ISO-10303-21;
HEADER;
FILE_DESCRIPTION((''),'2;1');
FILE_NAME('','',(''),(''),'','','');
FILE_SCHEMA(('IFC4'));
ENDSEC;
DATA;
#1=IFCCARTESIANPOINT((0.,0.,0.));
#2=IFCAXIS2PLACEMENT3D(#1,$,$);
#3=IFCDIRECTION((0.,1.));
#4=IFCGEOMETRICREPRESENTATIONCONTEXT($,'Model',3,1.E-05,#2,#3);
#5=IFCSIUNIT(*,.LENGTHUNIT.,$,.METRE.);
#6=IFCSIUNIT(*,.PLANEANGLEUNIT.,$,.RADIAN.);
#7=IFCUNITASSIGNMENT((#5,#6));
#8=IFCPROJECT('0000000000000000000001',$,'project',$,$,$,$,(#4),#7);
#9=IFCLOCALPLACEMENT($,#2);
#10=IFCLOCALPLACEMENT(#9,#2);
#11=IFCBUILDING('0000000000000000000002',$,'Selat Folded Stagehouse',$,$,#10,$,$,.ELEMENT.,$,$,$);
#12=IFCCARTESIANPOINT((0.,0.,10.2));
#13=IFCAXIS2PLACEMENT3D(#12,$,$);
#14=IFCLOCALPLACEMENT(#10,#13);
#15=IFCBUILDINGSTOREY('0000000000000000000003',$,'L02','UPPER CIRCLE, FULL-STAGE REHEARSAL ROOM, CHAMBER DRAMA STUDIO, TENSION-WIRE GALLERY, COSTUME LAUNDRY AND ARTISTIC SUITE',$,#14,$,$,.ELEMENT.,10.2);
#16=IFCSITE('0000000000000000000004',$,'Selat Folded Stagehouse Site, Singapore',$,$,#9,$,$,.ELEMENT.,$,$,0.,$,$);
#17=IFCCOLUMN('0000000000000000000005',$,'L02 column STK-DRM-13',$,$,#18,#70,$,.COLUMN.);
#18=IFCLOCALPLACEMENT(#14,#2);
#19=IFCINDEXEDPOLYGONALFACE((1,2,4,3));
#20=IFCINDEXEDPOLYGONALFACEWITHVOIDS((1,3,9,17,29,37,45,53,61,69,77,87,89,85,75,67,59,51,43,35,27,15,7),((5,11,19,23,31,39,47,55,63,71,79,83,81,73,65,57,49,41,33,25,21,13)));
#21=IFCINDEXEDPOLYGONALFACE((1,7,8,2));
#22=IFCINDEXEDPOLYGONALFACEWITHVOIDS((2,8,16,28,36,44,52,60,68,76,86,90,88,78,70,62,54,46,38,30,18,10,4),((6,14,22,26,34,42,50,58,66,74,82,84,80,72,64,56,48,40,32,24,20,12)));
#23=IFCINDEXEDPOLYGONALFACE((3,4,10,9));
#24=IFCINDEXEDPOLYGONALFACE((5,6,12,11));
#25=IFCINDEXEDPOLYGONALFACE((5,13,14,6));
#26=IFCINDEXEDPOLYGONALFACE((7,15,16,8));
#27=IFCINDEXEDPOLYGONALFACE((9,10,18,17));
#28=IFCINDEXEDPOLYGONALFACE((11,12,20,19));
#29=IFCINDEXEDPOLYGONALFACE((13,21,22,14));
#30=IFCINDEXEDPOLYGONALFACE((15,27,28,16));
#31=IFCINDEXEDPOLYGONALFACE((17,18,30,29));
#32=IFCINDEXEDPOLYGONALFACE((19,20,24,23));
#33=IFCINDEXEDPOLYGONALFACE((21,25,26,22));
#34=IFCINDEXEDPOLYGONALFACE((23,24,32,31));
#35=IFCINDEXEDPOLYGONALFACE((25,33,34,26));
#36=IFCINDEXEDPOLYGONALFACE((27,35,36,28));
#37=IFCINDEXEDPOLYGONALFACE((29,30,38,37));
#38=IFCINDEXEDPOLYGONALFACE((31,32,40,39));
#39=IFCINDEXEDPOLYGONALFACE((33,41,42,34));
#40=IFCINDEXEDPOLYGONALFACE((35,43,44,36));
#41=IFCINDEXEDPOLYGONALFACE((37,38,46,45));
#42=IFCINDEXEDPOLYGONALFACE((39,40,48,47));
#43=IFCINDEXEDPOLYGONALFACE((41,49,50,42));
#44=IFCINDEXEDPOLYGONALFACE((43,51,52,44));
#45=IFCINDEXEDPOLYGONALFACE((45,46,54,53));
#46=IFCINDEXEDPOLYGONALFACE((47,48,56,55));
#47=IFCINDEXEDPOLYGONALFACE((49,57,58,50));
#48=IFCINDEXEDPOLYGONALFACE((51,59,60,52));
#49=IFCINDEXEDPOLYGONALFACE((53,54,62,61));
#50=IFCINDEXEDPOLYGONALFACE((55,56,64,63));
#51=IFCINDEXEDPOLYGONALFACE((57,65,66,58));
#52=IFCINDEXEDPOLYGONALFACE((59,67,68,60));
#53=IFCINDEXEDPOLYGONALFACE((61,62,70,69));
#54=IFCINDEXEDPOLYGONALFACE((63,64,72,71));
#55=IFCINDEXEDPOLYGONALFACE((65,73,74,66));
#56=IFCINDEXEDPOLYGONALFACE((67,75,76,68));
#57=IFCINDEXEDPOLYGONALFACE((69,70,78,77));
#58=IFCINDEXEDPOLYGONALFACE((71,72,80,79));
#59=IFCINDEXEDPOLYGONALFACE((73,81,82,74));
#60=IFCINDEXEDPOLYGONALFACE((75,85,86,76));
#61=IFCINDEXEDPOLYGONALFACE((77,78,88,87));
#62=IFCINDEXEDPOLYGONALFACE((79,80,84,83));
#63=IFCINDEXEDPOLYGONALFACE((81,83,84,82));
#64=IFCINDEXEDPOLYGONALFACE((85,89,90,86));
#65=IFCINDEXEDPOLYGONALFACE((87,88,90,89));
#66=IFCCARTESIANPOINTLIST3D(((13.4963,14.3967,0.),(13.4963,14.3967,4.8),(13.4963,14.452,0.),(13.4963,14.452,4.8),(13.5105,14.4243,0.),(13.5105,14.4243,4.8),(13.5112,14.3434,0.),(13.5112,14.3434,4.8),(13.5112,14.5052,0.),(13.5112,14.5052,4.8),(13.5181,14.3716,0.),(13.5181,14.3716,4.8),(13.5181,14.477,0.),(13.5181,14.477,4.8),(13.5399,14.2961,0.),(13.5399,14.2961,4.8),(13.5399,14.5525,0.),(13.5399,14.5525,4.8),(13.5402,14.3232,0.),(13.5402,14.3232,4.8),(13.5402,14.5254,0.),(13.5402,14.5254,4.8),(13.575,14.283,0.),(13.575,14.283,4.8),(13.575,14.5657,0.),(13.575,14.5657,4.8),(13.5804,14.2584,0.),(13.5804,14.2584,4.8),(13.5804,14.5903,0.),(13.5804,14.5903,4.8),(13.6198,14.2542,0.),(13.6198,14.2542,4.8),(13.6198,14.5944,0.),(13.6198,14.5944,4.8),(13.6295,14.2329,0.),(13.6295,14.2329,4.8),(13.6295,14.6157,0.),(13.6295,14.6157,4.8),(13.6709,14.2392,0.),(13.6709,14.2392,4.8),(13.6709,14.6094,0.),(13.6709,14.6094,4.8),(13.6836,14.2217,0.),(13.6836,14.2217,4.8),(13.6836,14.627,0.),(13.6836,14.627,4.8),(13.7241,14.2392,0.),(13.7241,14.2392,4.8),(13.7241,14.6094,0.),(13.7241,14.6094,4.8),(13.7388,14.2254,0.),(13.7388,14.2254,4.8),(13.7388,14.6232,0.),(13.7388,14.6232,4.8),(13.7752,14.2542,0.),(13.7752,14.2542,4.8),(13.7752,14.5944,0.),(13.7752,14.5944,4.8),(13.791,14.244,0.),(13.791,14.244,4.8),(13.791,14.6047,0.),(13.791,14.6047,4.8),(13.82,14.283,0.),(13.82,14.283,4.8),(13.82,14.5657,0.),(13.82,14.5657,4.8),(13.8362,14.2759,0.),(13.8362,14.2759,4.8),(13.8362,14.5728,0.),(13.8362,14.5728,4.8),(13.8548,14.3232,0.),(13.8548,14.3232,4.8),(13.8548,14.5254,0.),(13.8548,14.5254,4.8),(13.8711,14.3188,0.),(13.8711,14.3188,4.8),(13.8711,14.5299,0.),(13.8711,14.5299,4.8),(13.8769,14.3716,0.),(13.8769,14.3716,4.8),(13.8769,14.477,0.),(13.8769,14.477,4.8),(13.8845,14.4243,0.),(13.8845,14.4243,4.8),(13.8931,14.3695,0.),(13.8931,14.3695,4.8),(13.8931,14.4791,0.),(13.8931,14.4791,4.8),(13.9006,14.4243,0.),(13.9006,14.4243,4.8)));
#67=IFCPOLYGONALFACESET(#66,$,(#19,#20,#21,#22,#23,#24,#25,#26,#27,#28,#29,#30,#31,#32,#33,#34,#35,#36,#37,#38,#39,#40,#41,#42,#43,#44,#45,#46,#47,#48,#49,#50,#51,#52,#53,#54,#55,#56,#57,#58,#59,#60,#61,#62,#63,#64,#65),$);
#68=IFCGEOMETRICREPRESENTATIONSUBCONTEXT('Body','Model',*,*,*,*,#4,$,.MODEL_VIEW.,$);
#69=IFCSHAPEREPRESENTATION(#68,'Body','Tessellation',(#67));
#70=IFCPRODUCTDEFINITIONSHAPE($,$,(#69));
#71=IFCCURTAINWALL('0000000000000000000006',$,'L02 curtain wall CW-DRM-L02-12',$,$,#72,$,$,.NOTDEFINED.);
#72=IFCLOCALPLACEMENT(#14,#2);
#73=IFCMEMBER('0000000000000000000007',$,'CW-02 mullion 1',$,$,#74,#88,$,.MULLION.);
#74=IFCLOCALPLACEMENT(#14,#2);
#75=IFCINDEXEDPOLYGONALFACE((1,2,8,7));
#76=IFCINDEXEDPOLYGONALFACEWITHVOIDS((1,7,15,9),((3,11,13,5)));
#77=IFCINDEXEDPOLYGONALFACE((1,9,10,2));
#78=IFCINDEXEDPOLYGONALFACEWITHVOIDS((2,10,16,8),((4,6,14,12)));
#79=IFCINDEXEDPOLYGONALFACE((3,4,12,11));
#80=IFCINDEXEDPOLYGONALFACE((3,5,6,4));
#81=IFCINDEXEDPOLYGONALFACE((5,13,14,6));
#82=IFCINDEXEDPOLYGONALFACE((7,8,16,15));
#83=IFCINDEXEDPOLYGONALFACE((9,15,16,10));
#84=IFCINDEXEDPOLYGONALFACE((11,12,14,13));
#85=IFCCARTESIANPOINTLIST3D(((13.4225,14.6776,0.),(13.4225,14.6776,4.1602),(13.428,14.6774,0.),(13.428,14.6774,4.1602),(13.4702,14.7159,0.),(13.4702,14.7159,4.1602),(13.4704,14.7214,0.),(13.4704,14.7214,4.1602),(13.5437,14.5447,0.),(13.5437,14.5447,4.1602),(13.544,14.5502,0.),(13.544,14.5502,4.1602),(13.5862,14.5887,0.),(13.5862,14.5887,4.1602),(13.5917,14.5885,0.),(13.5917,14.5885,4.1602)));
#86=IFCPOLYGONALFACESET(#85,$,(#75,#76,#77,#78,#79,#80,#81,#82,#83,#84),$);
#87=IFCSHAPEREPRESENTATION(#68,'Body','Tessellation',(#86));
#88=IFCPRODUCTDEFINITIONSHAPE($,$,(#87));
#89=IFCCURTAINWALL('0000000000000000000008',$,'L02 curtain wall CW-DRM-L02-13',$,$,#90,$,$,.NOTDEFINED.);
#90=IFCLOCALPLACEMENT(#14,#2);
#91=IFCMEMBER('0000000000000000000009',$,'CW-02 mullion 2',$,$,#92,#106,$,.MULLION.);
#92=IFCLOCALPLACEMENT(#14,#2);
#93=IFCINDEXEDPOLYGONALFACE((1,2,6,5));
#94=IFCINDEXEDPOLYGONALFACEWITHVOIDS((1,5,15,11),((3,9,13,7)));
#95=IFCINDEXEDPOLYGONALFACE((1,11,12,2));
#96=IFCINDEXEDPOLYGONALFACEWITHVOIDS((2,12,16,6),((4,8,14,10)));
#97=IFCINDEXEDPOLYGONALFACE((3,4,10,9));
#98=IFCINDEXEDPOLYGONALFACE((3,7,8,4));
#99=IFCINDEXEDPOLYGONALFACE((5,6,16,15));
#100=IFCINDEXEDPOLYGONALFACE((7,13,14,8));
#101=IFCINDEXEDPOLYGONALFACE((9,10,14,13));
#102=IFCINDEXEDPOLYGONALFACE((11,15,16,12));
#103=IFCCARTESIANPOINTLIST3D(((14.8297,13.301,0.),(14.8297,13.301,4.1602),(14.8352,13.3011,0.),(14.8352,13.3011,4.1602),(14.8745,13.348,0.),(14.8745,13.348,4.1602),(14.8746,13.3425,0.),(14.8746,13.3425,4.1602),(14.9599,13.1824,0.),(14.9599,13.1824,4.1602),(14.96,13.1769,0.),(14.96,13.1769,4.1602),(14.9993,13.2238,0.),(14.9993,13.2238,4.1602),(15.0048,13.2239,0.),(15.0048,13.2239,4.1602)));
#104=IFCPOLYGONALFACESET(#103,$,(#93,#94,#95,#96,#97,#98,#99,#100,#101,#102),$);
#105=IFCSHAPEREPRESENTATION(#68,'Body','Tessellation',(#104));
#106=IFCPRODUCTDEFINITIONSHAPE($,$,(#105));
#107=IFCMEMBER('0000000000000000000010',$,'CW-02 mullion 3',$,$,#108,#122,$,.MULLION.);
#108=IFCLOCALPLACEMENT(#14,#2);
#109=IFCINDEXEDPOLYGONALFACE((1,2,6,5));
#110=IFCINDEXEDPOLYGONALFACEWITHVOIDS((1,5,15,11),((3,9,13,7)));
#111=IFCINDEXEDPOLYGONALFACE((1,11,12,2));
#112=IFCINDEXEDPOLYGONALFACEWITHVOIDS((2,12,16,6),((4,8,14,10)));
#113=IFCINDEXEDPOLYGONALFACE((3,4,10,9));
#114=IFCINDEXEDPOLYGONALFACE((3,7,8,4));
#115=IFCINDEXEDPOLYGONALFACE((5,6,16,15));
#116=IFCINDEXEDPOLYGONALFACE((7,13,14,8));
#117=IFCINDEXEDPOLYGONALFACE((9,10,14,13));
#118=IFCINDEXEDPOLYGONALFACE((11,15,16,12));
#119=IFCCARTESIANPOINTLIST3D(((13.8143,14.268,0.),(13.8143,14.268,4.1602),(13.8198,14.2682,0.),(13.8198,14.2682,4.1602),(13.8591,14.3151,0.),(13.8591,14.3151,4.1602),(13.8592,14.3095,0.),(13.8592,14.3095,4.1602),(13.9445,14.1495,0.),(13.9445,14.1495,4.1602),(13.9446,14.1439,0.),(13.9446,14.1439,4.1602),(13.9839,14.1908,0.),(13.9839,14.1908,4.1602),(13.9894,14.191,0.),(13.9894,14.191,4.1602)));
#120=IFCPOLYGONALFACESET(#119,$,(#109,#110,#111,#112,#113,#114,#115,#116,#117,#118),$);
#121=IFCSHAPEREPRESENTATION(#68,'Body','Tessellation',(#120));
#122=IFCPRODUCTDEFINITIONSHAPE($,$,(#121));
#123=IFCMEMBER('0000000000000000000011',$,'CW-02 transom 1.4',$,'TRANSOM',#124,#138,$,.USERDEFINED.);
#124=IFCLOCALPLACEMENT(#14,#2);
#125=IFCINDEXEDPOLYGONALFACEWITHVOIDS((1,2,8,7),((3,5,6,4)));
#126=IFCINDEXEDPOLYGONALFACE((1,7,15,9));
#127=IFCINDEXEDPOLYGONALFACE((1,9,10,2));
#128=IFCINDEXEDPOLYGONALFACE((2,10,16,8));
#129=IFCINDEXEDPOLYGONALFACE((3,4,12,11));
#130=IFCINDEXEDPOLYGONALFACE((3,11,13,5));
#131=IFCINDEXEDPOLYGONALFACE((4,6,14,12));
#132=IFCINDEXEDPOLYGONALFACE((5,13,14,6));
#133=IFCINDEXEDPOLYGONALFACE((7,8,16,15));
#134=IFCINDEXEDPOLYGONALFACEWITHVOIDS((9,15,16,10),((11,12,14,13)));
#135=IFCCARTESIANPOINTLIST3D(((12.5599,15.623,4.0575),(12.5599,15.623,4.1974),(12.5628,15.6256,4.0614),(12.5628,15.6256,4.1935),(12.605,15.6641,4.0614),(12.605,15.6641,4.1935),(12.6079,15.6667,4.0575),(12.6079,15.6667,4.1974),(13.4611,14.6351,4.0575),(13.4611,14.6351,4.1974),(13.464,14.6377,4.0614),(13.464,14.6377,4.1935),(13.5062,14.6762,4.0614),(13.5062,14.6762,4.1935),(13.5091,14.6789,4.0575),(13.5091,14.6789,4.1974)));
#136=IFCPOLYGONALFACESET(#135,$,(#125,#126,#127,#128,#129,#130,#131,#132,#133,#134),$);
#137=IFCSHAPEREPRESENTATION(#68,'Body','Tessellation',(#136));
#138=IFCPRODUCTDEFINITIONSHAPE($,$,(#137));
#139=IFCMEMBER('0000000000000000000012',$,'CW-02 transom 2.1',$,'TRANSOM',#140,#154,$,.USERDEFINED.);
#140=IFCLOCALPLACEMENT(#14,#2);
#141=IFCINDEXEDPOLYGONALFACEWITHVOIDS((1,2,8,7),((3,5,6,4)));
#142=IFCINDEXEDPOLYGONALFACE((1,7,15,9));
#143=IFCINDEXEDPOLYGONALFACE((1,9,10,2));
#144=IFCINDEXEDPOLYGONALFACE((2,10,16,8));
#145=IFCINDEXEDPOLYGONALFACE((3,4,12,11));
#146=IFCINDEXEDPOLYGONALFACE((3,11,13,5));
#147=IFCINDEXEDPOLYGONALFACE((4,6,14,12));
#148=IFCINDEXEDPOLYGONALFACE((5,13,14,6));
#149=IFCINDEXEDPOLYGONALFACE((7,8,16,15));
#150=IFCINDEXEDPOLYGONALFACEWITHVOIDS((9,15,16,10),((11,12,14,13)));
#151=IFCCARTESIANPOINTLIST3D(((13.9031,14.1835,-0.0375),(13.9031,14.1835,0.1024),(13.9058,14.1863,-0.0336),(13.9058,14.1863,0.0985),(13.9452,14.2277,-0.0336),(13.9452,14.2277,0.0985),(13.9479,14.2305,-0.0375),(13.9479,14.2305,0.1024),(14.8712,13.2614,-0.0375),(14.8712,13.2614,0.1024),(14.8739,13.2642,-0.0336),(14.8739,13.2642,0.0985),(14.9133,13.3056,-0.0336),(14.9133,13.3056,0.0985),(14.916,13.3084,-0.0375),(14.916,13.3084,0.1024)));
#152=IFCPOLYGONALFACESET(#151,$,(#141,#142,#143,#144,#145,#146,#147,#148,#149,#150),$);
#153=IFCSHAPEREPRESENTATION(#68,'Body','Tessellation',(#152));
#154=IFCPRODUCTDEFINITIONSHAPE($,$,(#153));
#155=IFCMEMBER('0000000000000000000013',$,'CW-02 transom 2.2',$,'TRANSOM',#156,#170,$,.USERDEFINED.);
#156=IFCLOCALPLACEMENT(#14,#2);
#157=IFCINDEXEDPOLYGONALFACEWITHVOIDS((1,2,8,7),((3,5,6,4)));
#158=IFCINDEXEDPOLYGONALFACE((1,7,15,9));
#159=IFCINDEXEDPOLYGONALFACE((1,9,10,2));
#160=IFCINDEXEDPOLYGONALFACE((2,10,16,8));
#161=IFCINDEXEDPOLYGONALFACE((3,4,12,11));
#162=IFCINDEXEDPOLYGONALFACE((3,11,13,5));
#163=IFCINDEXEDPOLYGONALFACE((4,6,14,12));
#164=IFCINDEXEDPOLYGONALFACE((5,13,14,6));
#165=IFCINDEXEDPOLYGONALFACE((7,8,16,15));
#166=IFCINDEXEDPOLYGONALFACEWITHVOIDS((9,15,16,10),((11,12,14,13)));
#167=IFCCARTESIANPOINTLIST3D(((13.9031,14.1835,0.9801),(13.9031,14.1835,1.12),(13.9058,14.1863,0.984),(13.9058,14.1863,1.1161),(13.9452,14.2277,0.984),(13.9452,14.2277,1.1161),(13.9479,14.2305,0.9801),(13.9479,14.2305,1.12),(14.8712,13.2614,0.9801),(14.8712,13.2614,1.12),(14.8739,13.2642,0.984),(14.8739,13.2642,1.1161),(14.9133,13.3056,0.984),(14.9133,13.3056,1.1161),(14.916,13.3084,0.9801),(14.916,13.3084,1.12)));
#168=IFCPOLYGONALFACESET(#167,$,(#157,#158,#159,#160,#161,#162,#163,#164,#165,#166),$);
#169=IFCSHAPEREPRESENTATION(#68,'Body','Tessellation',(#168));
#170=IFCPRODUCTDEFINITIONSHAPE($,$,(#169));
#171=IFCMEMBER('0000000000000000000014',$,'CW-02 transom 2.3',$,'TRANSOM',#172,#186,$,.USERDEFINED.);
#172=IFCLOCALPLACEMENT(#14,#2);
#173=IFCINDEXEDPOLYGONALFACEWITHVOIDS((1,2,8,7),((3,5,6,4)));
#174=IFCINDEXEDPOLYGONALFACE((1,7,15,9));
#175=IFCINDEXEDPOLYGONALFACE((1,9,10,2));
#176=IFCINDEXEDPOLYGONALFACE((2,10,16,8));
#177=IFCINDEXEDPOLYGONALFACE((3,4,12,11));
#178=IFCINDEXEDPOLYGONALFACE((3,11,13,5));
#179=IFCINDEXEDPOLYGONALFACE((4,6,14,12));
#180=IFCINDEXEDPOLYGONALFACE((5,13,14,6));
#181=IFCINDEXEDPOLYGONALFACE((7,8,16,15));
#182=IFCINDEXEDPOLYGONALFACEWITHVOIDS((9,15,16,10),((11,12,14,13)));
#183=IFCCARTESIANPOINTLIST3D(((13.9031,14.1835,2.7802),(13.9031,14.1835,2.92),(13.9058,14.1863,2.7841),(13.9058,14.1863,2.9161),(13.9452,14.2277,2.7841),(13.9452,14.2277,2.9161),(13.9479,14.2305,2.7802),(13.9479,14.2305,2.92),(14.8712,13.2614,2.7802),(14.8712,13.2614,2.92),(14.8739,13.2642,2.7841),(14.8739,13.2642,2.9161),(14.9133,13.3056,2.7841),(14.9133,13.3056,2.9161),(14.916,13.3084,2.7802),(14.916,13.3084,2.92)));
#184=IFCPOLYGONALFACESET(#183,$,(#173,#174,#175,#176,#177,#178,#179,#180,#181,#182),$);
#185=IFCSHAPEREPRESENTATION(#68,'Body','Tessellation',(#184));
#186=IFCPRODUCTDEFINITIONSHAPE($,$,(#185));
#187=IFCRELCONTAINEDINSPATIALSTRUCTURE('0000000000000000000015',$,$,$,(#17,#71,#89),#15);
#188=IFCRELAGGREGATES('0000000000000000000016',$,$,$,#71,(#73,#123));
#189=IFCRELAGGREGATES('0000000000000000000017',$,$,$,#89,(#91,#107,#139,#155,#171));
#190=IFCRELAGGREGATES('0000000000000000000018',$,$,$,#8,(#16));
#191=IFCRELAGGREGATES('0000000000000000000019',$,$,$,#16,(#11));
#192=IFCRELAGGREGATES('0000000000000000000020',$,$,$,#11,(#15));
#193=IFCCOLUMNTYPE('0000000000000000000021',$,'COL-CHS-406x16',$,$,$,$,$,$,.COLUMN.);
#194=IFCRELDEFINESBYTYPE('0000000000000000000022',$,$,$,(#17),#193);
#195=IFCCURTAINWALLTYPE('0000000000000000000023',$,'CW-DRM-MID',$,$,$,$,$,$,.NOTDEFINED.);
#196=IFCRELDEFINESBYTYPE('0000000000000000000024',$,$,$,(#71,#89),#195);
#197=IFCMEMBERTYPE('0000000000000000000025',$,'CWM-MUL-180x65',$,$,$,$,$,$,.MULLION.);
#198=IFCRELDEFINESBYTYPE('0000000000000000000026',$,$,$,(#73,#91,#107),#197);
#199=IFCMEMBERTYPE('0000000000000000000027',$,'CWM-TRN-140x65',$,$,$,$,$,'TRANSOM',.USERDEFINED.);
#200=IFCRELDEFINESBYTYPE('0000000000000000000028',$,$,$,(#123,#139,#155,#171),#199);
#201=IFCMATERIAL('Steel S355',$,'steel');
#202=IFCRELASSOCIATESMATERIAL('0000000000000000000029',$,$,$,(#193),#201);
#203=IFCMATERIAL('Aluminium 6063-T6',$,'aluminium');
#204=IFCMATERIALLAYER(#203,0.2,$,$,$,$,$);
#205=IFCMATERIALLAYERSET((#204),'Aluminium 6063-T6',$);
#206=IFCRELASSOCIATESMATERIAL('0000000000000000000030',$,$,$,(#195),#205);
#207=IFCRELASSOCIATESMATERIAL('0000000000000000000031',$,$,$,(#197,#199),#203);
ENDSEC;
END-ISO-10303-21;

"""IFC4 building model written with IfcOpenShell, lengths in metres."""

from ifc_helpers import new_model, si_unit, direction, frame, origin, origin_2d, place, context, subcontext, project, spatial, hollow_rectangle, hollow_circle, extrude, material, layer, layer_set, material_profile, profile_set, type_object, element, aggregate, save


model = new_model("IFC4")

# Units and contexts
model_context = context("Model", 3, precision=1e-05, world=origin(), true_north=direction((0.0, 1.0)))
body_context = subcontext(model_context, "Body", "Model", "MODEL_VIEW")
ifc_project = project(units=[si_unit("LENGTHUNIT", "METRE"), si_unit("PLANEANGLEUNIT", "RADIAN")], contexts=[model_context])

# Site, building, storey
site_placement = place(None, origin())
site = spatial("IfcSite", under=ifc_project, at=site_placement, Name="Selat Folded Stagehouse Site, Singapore", CompositionType="ELEMENT", RefElevation=0.0)
building_placement = place(site_placement, origin())
building = spatial("IfcBuilding", under=site, at=building_placement, Name="Selat Folded Stagehouse", CompositionType="ELEMENT")
storey_placement = place(building_placement, frame((0.0, 0.0, 10.2)))
storey = spatial("IfcBuildingStorey", under=building, at=storey_placement, Name="L02", Description="UPPER CIRCLE, FULL-STAGE REHEARSAL ROOM, CHAMBER DRAMA STUDIO, TENSION-WIRE GALLERY, COSTUME LAUNDRY AND ARTISTIC SUITE", CompositionType="ELEMENT", Elevation=10.2)

# Column
ifc_material_1 = material(Name="Steel S355", Category="steel")
ifc_material_profile_1 = material_profile(ifc_material_1, hollow_circle(Radius=0.2031, WallThickness=0.0161, at=origin_2d()), Name="CHS 406.4x16.0")
ifc_profile_set_1 = profile_set([ifc_material_profile_1], Name="Steel S355")
column_type = type_object("IfcColumnType", Name="COL-CHS-406x16", PredefinedType="COLUMN", material=ifc_profile_set_1)
column_placement = place(storey_placement, frame((13.6975, 14.4243, 0.0), z_axis=(0.0, 0.0, 1.0), x_axis=(1.0, 0.0, 0.0)))
element("IfcColumn", 1, at=column_placement, inside=storey, type_object=column_type, Name="L02 column STK-DRM-13", PredefinedType="COLUMN", context=body_context, shape_type="SweptSolid", body=[
    extrude(hollow_circle(Radius=0.2031, WallThickness=0.0161, at=origin_2d()), origin(), (0.0, 0.0, 1.0), 4.8),
])

# Curtain wall, member
ifc_material_2 = material(Name="Aluminium 6063-T6", Category="aluminium")
ifc_layer_1 = layer(ifc_material_2, 0.2)
ifc_layer_set_1 = layer_set([ifc_layer_1], Name="Aluminium 6063-T6")
curtain_wall_type = type_object("IfcCurtainWallType", Name="CW-DRM-MID", PredefinedType="NOTDEFINED", material=ifc_layer_set_1)
curtain_wall_1_placement = place(storey_placement, origin())
curtain_wall_1 = element("IfcCurtainWall", 2, at=curtain_wall_1_placement, inside=storey, type_object=curtain_wall_type, Name="L02 curtain wall CW-DRM-L02-12", PredefinedType="NOTDEFINED")
ifc_material_profile_2 = material_profile(ifc_material_2, hollow_rectangle(XDim=0.0649, YDim=0.1799, WallThickness=0.0039, at=origin_2d()), Name="ALU 180x65x4.0")
ifc_profile_set_2 = profile_set([ifc_material_profile_2], Name="Aluminium 6063-T6")
member_type_1 = type_object("IfcMemberType", Name="CWM-MUL-180x65", PredefinedType="MULLION", material=ifc_profile_set_2)
member_1_placement = place(storey_placement, frame((13.5071, 14.6331, 0.0), z_axis=(0.0, 0.0, 1.0), x_axis=(-0.738729, -0.674002, 0.0)))
member_1 = element("IfcMember", 3, at=member_1_placement, type_object=member_type_1, Name="CW-02 mullion 1", PredefinedType="MULLION", context=body_context, shape_type="SweptSolid", body=[
    extrude(hollow_rectangle(XDim=0.0649, YDim=0.1799, WallThickness=0.0039, at=origin_2d()), origin(), (0.0, 0.0, 1.0), 4.1602),
])

# Curtain wall, members
curtain_wall_2_placement = place(storey_placement, origin())
curtain_wall_2 = element("IfcCurtainWall", 4, at=curtain_wall_2_placement, inside=storey, type_object=curtain_wall_type, Name="L02 curtain wall CW-DRM-L02-13", PredefinedType="NOTDEFINED")
member_2_placement = place(storey_placement, frame((14.9172, 13.2625, 0.0), z_axis=(0.0, 0.0, 1.0), x_axis=(-0.689661, -0.724132, 0.0)))
member_2 = element("IfcMember", 5, at=member_2_placement, type_object=member_type_1, Name="CW-02 mullion 2", PredefinedType="MULLION", context=body_context, shape_type="SweptSolid", body=[
    extrude(hollow_rectangle(XDim=0.0649, YDim=0.1799, WallThickness=0.0039, at=origin_2d()), origin(), (0.0, 0.0, 1.0), 4.1602),
])
member_3_placement = place(storey_placement, frame((13.9019, 14.2295, 0.0), z_axis=(0.0, 0.0, 1.0), x_axis=(-0.689661, -0.724132, 0.0)))
member_3 = element("IfcMember", 6, at=member_3_placement, type_object=member_type_1, Name="CW-02 mullion 3", PredefinedType="MULLION", context=body_context, shape_type="SweptSolid", body=[
    extrude(hollow_rectangle(XDim=0.0649, YDim=0.1799, WallThickness=0.0039, at=origin_2d()), origin(), (0.0, 0.0, 1.0), 4.1602),
])

# Members
ifc_material_profile_3 = material_profile(ifc_material_2, hollow_rectangle(XDim=0.0649, YDim=0.1399, WallThickness=0.0039, at=origin_2d()), Name="ALU 140x65x4.0")
ifc_profile_set_3 = profile_set([ifc_material_profile_3], Name="Aluminium 6063-T6")
member_type_2 = type_object("IfcMemberType", Name="CWM-TRN-140x65", ElementType="TRANSOM", PredefinedType="USERDEFINED", material=ifc_profile_set_3)
member_4_placement = place(storey_placement, frame((13.4851, 14.657, 4.1274), z_axis=(-0.673953, 0.738774, 0.0), x_axis=(-0.738774, -0.673953, 0.0)))
member_4 = element("IfcMember", 7, at=member_4_placement, type_object=member_type_2, Name="CW-02 transom 1.4", ObjectType="TRANSOM", PredefinedType="USERDEFINED", context=body_context, shape_type="SweptSolid", body=[
    extrude(hollow_rectangle(XDim=0.0649, YDim=0.1399, WallThickness=0.0039, at=origin_2d()), origin(), (0.0, 0.0, 1.0), 1.3372),
])
aggregate(curtain_wall_1, [member_1, member_4])
member_5_placement = place(storey_placement, frame((14.8936, 13.2849, 0.0325), z_axis=(-0.724064, 0.689733, 0.0), x_axis=(-0.689733, -0.724064, 0.0)))
member_5 = element("IfcMember", 8, at=member_5_placement, type_object=member_type_2, Name="CW-02 transom 2.1", ObjectType="TRANSOM", PredefinedType="USERDEFINED", context=body_context, shape_type="SweptSolid", body=[
    extrude(hollow_rectangle(XDim=0.0649, YDim=0.1399, WallThickness=0.0039, at=origin_2d()), origin(), (0.0, 0.0, 1.0), 1.3369),
])
member_6_placement = place(storey_placement, frame((14.8936, 13.2849, 1.05), z_axis=(-0.724064, 0.689733, 0.0), x_axis=(-0.689733, -0.724064, 0.0)))
member_6 = element("IfcMember", 9, at=member_6_placement, type_object=member_type_2, Name="CW-02 transom 2.2", ObjectType="TRANSOM", PredefinedType="USERDEFINED", context=body_context, shape_type="SweptSolid", body=[
    extrude(hollow_rectangle(XDim=0.0649, YDim=0.1399, WallThickness=0.0039, at=origin_2d()), origin(), (0.0, 0.0, 1.0), 1.3369),
])
member_7_placement = place(storey_placement, frame((14.8936, 13.2849, 2.8501), z_axis=(-0.724064, 0.689733, 0.0), x_axis=(-0.689733, -0.724064, 0.0)))
member_7 = element("IfcMember", 10, at=member_7_placement, type_object=member_type_2, Name="CW-02 transom 2.3", ObjectType="TRANSOM", PredefinedType="USERDEFINED", context=body_context, shape_type="SweptSolid", body=[
    extrude(hollow_rectangle(XDim=0.0649, YDim=0.1399, WallThickness=0.0039, at=origin_2d()), origin(), (0.0, 0.0, 1.0), 1.3369),
])

aggregate(curtain_wall_2, [member_2, member_3, member_5, member_6, member_7])

save(model, "model.ifc")
